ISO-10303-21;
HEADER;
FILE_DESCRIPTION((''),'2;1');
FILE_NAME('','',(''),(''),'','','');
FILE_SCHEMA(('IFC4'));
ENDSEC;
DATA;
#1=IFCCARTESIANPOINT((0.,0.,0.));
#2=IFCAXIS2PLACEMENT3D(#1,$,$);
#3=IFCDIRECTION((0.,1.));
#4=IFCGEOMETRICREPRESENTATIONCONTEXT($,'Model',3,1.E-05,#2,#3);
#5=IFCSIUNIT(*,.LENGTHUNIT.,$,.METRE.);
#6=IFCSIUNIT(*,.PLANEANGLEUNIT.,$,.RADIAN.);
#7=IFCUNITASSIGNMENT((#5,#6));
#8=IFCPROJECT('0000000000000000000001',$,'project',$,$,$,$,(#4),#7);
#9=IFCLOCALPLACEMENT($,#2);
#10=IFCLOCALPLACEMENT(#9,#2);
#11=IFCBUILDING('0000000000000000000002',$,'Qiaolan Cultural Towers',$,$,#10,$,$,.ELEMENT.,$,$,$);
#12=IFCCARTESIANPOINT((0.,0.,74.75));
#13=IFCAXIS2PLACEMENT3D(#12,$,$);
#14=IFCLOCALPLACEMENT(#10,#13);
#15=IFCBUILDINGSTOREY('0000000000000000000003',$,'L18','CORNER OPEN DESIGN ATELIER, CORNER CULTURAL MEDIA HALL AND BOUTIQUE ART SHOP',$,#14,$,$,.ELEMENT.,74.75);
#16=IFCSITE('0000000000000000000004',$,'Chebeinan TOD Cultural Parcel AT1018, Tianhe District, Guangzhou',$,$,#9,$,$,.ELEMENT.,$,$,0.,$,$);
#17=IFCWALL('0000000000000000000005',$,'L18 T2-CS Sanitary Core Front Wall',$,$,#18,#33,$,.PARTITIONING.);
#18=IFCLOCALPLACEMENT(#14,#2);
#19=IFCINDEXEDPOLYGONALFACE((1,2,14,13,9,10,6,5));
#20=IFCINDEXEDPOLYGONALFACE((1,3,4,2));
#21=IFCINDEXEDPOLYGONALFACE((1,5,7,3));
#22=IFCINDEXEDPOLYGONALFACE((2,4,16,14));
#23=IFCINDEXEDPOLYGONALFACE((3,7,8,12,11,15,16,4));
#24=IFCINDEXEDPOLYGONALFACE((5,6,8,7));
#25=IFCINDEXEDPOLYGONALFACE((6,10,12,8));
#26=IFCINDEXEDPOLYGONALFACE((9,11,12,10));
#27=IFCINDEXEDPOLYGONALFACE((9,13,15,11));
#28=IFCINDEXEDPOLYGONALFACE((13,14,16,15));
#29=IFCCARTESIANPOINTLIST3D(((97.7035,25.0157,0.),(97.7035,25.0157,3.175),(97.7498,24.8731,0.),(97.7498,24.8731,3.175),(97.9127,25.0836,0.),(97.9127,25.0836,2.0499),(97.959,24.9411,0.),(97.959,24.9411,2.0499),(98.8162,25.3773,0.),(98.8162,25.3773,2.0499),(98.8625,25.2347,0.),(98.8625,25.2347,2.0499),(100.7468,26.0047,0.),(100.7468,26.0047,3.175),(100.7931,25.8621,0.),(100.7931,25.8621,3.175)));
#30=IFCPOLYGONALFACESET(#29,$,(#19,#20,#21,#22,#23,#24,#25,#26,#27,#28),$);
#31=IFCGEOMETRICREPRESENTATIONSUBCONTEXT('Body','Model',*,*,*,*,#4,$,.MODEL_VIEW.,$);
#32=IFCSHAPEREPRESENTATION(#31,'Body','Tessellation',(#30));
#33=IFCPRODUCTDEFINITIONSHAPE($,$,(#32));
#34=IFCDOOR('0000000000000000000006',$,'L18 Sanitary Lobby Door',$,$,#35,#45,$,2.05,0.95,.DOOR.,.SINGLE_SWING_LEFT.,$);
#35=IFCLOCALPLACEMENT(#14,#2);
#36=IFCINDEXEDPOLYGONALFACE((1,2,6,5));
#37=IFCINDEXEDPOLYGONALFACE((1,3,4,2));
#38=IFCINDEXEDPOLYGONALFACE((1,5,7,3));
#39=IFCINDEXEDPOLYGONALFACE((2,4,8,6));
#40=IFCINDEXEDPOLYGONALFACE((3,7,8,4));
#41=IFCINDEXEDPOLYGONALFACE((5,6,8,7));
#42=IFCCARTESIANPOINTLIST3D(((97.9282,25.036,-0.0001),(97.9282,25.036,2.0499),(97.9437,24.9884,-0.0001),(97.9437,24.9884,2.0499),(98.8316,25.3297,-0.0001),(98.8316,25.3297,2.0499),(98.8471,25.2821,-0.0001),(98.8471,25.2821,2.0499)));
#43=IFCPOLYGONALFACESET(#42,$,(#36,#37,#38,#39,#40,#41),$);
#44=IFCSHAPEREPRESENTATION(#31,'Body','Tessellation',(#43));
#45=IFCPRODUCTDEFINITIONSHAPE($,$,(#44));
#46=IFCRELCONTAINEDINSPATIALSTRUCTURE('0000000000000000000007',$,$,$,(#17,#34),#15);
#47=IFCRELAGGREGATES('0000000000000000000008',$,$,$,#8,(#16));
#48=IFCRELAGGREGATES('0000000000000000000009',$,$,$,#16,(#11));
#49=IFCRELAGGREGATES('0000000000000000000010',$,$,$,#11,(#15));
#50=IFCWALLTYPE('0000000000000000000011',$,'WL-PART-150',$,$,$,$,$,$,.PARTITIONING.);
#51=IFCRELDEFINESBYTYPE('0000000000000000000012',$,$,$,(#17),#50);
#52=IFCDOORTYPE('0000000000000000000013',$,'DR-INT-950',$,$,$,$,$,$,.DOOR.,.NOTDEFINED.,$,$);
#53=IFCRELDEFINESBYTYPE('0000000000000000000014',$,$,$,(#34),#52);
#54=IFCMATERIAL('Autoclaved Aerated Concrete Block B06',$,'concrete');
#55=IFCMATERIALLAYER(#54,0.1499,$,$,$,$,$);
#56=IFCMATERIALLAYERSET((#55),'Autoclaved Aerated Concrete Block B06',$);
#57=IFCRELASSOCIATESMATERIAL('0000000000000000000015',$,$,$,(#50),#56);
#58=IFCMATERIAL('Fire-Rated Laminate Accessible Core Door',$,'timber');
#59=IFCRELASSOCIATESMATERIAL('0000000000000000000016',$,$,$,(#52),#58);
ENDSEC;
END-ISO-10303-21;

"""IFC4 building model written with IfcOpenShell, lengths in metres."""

from ifc_helpers import new_model, si_unit, direction, frame, frame_2d, origin, place, context, subcontext, project, spatial, rectangle, extrude, material, layer, layer_set, type_object, element, fill, save


model = new_model("IFC4")

# Units and contexts
model_context = context("Model", 3, precision=1e-05, world=origin(), true_north=direction((0.0, 1.0)))
body_context = subcontext(model_context, "Body", "Model", "MODEL_VIEW")
ifc_project = project(units=[si_unit("LENGTHUNIT", "METRE"), si_unit("PLANEANGLEUNIT", "RADIAN")], contexts=[model_context])

# Site, building, storey
site_placement = place(None, origin())
site = spatial("IfcSite", under=ifc_project, at=site_placement, Name="Chebeinan TOD Cultural Parcel AT1018, Tianhe District, Guangzhou", CompositionType="ELEMENT", RefElevation=0.0)
building_placement = place(site_placement, origin())
building = spatial("IfcBuilding", under=site, at=building_placement, Name="Qiaolan Cultural Towers", CompositionType="ELEMENT")
storey_placement = place(building_placement, frame((0.0, 0.0, 74.75)))
storey = spatial("IfcBuildingStorey", under=building, at=storey_placement, Name="L18", Description="CORNER OPEN DESIGN ATELIER, CORNER CULTURAL MEDIA HALL AND BOUTIQUE ART SHOP", CompositionType="ELEMENT", Elevation=74.75)

# Shared definitions
ifc_material_1 = material(Name="Autoclaved Aerated Concrete Block B06", Category="concrete")
ifc_layer_1 = layer(ifc_material_1, 0.1499)
ifc_layer_set_1 = layer_set([ifc_layer_1], Name="Autoclaved Aerated Concrete Block B06")
wall_type_1 = type_object("IfcWallType", Name="WL-PART-150", PredefinedType="PARTITIONING", material=ifc_layer_set_1)

# Wall, opening, door
wall_1_placement = place(storey_placement, frame((97.7266, 24.9443, 0.0), z_axis=(0.0, 0.0, 1.0), x_axis=(0.951037, 0.309077, 0.0)))
wall_1 = element("IfcWall", 1, at=wall_1_placement, inside=storey, type_object=wall_type_1, Name="L18 T2-CS Sanitary Core Front Wall", PredefinedType="PARTITIONING", context=body_context, shape_type="SweptSolid", body=[
    extrude(rectangle(XDim=3.2, YDim=0.1499, at=frame_2d((1.6001, 0.0))), origin(), (0.0, 0.0, 1.0), 3.175),
])
opening_1_placement = place(wall_1_placement, frame((0.22, 0.0, 0.0)))
opening_1 = element("IfcOpeningElement", 2, at=opening_1_placement, cuts=wall_1, PredefinedType="OPENING", context=body_context, shape_type="SweptSolid", body=[
    extrude(rectangle(XDim=0.95, YDim=2.05, at=frame_2d((0.4751, 1.0249))), frame((0.0, 0.085, 0.0), z_axis=(0.0, -1.0, 0.0), x_axis=(1.0, 0.0, 0.0)), (0.0, 0.0, 1.0), 0.1699),
])
ifc_material_2 = material(Name="Fire-Rated Laminate Accessible Core Door", Category="timber")
door_type_1 = type_object("IfcDoorType", Name="DR-INT-950", OperationType="NOTDEFINED", PredefinedType="DOOR", material=ifc_material_2)
door_1_placement = place(opening_1_placement, origin())
door_1 = element("IfcDoor", 3, at=door_1_placement, inside=storey, type_object=door_type_1, Name="L18 Sanitary Lobby Door", OperationType="SINGLE_SWING_LEFT", OverallHeight=2.05, OverallWidth=0.95, PredefinedType="DOOR", context=body_context, shape_type="SweptSolid", body=[
    extrude(rectangle(XDim=0.95, YDim=2.05, at=frame_2d((0.4751, 1.0249))), frame((0.0, 0.0249, 0.0), z_axis=(0.0, -1.0, 0.0), x_axis=(1.0, 0.0, 0.0)), (0.0, 0.0, 1.0), 0.05),
])
fill(opening_1, door_1)

save(model, "model.ifc")
